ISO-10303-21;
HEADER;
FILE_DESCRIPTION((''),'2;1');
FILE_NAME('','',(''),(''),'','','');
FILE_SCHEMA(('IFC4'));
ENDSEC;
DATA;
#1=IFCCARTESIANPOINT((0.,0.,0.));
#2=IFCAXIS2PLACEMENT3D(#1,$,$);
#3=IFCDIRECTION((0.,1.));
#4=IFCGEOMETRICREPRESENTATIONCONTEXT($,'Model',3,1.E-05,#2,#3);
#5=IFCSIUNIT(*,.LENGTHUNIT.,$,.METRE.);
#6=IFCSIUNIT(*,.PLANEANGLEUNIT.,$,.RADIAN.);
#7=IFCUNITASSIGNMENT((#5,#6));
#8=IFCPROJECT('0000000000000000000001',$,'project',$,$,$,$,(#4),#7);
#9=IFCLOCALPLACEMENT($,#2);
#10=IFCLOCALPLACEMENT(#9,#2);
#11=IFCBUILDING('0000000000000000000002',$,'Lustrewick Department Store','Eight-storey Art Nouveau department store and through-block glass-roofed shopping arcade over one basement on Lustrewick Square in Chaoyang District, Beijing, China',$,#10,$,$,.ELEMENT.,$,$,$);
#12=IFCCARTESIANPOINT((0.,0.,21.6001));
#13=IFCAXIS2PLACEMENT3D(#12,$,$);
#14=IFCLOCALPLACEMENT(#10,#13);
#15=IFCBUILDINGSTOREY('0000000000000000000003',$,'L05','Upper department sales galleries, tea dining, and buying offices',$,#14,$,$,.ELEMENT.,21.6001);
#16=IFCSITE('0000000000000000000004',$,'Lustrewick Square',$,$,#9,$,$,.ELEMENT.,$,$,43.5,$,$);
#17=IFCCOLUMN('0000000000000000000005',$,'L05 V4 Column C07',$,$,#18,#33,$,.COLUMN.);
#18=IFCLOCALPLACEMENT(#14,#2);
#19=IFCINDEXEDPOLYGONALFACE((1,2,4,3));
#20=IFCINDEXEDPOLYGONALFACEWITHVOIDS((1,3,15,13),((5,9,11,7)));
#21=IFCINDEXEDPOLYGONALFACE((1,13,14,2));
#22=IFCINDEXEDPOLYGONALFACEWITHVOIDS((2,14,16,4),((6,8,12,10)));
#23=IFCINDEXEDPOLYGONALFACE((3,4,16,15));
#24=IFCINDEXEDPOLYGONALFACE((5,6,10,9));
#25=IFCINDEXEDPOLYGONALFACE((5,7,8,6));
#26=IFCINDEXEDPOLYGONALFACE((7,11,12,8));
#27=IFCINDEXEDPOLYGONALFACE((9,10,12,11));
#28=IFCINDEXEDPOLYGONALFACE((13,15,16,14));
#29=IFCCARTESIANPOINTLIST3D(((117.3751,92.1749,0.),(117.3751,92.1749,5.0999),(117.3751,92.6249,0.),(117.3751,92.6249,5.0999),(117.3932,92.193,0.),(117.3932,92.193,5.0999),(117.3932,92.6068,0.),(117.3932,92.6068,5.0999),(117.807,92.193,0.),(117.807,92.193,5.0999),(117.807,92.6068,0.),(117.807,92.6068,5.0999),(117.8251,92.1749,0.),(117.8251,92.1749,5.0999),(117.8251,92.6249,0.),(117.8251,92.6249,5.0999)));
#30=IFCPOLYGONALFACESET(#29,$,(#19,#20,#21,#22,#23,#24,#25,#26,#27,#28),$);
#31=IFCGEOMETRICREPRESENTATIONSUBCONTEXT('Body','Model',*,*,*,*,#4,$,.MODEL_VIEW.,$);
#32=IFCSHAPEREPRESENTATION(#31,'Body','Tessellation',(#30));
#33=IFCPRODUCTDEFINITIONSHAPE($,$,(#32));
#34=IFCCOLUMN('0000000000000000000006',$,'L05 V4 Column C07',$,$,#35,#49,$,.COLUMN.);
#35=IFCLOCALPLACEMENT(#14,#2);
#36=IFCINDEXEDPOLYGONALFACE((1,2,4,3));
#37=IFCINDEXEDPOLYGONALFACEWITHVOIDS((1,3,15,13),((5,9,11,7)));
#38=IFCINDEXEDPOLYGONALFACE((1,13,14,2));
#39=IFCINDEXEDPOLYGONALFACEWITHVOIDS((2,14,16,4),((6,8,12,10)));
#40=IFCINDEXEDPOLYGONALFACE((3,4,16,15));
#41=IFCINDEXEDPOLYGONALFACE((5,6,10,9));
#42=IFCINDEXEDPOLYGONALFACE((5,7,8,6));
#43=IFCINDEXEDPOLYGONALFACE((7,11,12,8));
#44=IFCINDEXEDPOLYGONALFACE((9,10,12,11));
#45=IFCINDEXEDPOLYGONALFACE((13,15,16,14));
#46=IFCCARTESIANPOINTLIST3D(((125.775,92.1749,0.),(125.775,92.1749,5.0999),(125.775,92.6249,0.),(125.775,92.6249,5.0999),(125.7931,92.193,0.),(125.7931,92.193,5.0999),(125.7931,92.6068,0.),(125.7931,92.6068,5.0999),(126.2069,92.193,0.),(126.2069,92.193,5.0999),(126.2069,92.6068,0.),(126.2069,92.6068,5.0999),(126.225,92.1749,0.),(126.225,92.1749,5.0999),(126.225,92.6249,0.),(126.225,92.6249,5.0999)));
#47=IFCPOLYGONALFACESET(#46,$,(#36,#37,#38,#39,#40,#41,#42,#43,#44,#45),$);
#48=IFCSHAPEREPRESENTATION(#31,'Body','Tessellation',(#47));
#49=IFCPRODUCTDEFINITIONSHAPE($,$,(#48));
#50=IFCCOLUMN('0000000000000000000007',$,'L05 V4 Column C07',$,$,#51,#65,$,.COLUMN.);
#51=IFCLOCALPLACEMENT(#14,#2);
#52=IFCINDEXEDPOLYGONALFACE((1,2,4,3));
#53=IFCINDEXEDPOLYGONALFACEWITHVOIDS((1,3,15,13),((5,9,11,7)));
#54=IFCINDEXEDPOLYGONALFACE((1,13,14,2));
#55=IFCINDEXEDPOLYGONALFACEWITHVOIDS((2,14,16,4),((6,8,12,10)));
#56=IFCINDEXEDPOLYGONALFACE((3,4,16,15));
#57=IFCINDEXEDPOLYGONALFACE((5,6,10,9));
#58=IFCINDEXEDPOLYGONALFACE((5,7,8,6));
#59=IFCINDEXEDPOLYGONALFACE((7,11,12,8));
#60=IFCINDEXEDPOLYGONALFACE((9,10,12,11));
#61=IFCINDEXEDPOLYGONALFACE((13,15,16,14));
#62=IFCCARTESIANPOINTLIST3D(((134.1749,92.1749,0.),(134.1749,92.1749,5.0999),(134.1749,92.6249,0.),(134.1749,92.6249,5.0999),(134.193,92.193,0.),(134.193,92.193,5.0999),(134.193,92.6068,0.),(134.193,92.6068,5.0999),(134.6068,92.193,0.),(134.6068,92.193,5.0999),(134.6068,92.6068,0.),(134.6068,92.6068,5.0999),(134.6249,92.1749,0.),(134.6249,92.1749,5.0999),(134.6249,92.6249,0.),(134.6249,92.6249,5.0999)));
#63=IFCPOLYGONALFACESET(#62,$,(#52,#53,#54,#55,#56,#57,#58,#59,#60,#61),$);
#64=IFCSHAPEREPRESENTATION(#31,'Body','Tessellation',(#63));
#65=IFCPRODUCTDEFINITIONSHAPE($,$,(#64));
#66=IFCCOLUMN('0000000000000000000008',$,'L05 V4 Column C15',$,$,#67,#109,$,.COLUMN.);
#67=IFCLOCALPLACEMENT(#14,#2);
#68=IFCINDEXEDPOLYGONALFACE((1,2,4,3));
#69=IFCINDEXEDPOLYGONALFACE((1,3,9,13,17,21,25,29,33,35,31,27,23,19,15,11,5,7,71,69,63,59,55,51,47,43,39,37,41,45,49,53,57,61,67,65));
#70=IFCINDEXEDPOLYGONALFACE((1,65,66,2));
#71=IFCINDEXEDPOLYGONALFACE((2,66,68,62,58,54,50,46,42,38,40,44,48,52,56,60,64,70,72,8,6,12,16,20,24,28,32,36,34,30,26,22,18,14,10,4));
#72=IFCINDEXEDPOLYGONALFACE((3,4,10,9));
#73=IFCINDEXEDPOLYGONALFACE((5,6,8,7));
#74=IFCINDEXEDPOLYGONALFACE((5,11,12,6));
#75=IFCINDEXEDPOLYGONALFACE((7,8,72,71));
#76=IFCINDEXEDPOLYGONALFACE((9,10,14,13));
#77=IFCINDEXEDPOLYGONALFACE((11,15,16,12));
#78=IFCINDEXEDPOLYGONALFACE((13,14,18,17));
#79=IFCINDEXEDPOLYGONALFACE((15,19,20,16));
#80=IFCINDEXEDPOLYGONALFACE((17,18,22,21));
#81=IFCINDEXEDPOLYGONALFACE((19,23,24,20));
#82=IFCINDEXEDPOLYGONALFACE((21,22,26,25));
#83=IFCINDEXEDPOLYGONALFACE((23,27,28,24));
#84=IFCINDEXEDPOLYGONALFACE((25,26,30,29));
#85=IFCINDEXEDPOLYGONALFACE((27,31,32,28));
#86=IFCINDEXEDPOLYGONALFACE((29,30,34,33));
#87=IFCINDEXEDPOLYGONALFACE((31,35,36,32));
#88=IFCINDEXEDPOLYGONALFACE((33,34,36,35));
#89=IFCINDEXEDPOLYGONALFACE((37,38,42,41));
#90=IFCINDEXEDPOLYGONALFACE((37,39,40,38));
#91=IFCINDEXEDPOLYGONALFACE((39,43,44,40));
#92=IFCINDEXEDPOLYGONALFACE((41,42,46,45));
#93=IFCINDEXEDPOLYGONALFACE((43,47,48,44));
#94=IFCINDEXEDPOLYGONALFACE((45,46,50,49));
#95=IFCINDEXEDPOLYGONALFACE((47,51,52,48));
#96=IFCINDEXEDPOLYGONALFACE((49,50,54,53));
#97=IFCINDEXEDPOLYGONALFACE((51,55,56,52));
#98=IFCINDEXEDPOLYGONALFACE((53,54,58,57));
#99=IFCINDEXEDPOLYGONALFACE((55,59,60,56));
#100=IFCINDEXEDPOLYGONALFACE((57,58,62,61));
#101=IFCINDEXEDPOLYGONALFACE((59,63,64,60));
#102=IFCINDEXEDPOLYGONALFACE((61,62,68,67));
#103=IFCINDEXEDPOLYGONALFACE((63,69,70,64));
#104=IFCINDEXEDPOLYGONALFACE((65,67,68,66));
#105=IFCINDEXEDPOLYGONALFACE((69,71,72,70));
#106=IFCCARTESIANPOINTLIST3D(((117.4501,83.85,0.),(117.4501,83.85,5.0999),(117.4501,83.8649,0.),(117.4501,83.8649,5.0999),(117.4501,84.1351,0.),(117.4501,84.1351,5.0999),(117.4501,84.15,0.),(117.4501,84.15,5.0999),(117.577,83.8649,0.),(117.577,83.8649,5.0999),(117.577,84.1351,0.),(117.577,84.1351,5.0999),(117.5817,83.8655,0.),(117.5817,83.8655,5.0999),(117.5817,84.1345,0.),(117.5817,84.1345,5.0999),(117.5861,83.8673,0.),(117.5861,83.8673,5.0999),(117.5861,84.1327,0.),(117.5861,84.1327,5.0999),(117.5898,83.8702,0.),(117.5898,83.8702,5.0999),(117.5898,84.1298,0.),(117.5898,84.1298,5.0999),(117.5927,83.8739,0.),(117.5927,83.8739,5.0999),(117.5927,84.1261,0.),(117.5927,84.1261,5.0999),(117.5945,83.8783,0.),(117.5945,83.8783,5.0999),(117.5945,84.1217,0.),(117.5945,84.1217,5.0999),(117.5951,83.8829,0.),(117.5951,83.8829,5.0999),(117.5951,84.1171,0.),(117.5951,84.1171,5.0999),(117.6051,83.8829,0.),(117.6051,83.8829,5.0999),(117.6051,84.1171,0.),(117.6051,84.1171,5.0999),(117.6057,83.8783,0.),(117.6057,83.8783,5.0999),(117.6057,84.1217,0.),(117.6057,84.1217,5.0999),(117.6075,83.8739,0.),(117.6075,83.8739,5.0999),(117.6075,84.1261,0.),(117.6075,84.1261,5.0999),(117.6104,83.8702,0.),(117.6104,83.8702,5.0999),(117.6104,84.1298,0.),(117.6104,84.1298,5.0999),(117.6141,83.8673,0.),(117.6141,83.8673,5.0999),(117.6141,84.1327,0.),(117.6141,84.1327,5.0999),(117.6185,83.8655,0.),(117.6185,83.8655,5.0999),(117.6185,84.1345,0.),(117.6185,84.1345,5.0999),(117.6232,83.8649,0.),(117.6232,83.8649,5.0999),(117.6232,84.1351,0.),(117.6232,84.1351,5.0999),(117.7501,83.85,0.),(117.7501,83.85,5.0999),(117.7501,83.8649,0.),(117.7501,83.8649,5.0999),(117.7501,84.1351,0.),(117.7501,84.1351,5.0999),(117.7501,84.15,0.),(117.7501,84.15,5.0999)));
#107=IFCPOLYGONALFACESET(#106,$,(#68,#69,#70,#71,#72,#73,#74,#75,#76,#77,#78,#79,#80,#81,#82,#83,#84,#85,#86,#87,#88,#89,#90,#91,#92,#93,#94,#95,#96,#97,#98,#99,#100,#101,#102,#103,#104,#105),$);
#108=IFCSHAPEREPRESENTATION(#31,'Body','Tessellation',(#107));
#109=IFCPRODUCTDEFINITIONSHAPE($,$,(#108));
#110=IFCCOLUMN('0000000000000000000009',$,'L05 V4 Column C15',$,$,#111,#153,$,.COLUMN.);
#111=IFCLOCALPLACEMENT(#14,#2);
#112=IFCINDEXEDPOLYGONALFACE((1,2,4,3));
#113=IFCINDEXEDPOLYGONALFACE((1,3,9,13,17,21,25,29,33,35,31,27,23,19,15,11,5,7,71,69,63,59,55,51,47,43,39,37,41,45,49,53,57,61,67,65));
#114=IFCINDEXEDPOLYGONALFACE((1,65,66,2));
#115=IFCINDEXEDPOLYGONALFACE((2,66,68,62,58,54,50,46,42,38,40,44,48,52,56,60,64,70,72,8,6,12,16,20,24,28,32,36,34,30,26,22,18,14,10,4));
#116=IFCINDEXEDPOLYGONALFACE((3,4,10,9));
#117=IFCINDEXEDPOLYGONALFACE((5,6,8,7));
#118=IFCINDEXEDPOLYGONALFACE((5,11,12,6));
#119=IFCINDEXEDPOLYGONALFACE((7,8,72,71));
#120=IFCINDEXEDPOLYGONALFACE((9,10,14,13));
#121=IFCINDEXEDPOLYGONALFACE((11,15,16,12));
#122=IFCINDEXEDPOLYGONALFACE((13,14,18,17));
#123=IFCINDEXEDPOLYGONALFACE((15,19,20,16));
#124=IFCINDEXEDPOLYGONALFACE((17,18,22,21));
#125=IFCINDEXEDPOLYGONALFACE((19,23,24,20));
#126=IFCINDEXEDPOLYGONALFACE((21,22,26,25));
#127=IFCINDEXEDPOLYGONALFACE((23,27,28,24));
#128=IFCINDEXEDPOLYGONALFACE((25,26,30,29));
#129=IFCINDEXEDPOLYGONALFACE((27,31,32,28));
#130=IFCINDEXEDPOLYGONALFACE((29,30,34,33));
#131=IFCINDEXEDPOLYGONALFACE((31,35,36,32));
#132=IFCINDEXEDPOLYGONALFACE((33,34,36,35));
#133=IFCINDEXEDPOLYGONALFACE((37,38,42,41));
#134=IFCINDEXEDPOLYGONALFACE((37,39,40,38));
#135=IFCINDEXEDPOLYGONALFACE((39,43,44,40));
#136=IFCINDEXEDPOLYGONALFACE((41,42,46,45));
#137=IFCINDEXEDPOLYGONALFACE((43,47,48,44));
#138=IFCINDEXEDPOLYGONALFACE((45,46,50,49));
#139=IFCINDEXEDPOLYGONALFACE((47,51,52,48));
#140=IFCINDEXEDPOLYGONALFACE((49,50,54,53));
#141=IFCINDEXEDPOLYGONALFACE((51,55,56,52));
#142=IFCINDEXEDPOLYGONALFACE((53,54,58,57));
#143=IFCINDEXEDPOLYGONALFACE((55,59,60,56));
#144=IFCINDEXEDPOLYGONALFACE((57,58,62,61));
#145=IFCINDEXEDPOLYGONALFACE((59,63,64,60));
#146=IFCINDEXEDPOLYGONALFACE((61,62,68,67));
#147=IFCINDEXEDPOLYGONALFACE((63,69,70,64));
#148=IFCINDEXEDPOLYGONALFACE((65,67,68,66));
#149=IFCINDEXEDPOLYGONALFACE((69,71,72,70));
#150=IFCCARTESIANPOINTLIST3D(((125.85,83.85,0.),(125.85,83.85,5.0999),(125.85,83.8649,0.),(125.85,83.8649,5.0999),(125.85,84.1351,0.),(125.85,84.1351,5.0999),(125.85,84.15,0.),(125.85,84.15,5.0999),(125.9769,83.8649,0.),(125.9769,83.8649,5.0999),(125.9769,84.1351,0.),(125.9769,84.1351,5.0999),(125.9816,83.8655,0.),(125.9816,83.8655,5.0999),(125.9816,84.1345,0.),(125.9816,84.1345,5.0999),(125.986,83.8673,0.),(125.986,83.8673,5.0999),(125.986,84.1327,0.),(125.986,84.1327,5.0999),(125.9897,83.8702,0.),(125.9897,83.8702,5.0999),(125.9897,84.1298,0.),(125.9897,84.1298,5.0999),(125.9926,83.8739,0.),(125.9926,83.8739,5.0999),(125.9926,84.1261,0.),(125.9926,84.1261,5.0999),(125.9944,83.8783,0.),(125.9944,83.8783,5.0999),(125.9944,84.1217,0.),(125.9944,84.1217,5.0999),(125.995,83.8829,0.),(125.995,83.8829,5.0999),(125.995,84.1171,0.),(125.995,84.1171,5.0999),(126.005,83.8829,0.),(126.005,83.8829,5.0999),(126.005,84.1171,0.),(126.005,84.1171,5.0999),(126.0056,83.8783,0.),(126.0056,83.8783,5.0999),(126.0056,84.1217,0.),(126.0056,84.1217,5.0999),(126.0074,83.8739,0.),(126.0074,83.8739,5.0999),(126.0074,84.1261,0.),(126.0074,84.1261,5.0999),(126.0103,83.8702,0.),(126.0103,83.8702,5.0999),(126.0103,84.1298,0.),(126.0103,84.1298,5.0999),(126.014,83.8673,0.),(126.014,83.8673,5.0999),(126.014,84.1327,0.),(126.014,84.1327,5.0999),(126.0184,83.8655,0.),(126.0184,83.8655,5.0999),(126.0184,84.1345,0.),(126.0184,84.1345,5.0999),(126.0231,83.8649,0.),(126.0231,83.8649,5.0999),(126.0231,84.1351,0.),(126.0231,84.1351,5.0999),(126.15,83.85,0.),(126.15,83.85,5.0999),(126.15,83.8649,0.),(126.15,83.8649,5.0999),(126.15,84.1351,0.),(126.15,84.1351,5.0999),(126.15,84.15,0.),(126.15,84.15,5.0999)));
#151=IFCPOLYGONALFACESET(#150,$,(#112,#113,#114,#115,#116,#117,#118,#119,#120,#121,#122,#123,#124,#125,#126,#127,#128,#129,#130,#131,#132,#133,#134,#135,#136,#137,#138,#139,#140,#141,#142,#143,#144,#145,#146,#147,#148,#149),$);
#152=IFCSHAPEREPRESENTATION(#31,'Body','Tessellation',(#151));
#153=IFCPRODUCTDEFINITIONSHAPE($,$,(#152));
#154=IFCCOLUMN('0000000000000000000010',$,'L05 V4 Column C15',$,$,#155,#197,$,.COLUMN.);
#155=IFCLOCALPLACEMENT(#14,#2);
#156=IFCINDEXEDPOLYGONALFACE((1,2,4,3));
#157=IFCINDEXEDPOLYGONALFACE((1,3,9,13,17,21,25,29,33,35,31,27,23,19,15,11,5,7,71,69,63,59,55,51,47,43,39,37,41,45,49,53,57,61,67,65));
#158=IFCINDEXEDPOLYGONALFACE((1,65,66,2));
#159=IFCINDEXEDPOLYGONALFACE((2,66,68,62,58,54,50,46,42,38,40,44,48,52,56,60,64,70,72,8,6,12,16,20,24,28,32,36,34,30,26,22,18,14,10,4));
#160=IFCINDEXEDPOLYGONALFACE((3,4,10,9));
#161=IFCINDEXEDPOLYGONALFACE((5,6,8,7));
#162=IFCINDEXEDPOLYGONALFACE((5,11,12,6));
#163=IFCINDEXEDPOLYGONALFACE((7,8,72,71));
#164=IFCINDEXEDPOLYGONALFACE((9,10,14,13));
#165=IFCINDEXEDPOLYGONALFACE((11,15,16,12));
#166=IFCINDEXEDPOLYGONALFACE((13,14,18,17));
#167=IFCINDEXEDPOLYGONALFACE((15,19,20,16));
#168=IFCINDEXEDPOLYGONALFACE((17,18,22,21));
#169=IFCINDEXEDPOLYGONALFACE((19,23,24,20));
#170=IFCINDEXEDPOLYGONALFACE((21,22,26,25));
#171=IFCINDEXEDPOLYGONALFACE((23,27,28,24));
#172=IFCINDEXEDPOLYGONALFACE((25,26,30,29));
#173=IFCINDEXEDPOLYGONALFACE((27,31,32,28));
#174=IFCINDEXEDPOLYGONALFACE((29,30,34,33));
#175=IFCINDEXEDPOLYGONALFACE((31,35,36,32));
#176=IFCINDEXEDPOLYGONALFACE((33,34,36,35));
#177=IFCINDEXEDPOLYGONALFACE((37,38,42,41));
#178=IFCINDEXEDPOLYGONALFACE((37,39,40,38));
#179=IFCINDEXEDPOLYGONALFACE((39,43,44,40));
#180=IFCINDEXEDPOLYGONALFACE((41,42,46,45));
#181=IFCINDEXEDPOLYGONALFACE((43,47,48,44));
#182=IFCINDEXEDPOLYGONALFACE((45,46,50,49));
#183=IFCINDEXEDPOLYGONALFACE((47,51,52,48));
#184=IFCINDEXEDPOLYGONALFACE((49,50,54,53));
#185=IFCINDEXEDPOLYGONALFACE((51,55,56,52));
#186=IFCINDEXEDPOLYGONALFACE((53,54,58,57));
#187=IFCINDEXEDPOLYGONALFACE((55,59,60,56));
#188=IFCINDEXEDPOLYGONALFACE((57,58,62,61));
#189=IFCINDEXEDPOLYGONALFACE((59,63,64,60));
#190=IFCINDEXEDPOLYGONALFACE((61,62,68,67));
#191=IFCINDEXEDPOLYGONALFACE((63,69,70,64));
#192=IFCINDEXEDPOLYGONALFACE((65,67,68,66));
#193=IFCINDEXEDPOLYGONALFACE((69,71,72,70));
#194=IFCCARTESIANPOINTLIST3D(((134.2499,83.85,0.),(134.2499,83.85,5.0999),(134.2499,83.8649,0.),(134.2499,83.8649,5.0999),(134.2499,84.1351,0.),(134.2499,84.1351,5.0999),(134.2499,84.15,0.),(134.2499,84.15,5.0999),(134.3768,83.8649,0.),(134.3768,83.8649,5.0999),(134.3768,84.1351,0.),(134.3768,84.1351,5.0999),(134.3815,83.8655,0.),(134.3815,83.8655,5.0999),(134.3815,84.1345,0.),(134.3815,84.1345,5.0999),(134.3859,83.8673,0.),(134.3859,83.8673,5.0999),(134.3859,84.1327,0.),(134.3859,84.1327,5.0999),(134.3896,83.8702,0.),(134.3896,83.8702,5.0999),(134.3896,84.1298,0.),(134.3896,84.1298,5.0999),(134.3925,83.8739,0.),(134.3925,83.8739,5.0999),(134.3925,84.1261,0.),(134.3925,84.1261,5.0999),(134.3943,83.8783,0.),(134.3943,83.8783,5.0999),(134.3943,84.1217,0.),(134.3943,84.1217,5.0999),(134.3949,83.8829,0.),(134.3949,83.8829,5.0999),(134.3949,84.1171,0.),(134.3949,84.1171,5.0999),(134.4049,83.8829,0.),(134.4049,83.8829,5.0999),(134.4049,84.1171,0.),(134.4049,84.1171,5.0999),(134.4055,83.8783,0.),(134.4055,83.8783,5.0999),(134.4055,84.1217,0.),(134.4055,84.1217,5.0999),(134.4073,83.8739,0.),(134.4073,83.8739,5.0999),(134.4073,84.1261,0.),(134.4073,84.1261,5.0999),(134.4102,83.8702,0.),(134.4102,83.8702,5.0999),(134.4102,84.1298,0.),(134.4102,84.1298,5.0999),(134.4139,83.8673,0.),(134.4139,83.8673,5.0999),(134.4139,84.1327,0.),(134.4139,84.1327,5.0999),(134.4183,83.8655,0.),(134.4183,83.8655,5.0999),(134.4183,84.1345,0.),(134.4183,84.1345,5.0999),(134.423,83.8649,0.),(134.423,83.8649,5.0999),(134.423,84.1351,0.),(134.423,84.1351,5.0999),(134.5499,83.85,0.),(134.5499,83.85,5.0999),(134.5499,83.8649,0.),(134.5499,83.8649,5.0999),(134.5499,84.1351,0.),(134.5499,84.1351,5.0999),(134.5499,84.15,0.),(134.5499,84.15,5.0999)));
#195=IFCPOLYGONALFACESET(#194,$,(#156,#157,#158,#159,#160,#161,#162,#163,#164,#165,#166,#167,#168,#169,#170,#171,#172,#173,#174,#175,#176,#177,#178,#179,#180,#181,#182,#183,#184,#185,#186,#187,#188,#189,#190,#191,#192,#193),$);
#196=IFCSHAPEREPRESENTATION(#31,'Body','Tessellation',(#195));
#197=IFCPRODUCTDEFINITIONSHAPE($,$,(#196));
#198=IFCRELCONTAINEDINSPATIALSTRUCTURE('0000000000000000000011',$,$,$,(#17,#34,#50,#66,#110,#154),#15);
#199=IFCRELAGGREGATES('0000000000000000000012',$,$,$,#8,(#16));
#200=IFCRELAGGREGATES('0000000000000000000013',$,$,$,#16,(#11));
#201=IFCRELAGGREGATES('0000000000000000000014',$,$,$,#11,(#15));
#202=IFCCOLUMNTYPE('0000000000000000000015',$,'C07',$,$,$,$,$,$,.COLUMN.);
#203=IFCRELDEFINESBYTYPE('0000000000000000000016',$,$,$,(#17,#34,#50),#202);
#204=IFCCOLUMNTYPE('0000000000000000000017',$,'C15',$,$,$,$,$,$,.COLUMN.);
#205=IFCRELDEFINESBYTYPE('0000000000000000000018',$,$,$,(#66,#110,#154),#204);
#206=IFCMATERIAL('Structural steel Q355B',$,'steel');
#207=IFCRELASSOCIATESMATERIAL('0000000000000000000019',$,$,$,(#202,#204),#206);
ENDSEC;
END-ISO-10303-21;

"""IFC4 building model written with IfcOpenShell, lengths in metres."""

from ifc_helpers import new_model, si_unit, direction, frame, origin, origin_2d, place, context, subcontext, project, spatial, hollow_rectangle, i_section, extrude, material, material_profile, profile_set, type_object, element, save


model = new_model("IFC4")

# Units and contexts
model_context = context("Model", 3, precision=1e-05, world=origin(), true_north=direction((0.0, 1.0)))
body_context = subcontext(model_context, "Body", "Model", "MODEL_VIEW")
ifc_project = project(units=[si_unit("LENGTHUNIT", "METRE"), si_unit("PLANEANGLEUNIT", "RADIAN")], contexts=[model_context])

# Site, building, storey
site_placement = place(None, origin())
site = spatial("IfcSite", under=ifc_project, at=site_placement, Name="Lustrewick Square", CompositionType="ELEMENT", RefElevation=43.5)
building_placement = place(site_placement, origin())
building = spatial("IfcBuilding", under=site, at=building_placement, Name="Lustrewick Department Store", Description="Eight-storey Art Nouveau department store and through-block glass-roofed shopping arcade over one basement on Lustrewick Square in Chaoyang District, Beijing, China", CompositionType="ELEMENT")
storey_placement = place(building_placement, frame((0.0, 0.0, 21.6001)))
storey = spatial("IfcBuildingStorey", under=building, at=storey_placement, Name="L05", Description="Upper department sales galleries, tea dining, and buying offices", CompositionType="ELEMENT", Elevation=21.6001)

# Columns
ifc_material_1 = material(Name="Structural steel Q355B", Category="steel")
ifc_material_profile_1 = material_profile(ifc_material_1, hollow_rectangle(XDim=0.45, YDim=0.45, WallThickness=0.0181, at=origin_2d()), Name="BOX 450x450x18")
ifc_profile_set_1 = profile_set([ifc_material_profile_1], Name="Structural steel Q355B")
column_type_1 = type_object("IfcColumnType", Name="C07", PredefinedType="COLUMN", material=ifc_profile_set_1)
for number, where, z_axis, x_axis, name in (
    (1, (117.6001, 92.3999, 0.0), (0.0, 0.0, 1.0), (1.0, 0.0, 0.0), "L05 V4 Column C07"),
    (2, (126.0, 92.3999, 0.0), (0.0, 0.0, 1.0), (1.0, 0.0, 0.0), "L05 V4 Column C07"),
    (3, (134.3999, 92.3999, 0.0), (0.0, 0.0, 1.0), (1.0, 0.0, 0.0), "L05 V4 Column C07"),
):
    element("IfcColumn", number, at=place(storey_placement, frame(where, z_axis=z_axis, x_axis=x_axis)), inside=storey, type_object=column_type_1, Name=name, PredefinedType="COLUMN", context=body_context, shape_type="SweptSolid", body=[
        extrude(hollow_rectangle(XDim=0.45, YDim=0.45, WallThickness=0.0181, at=origin_2d()), origin(), (0.0, 0.0, 1.0), 5.0999),
    ])
ifc_material_profile_2 = material_profile(ifc_material_1, i_section(OverallWidth=0.3, OverallDepth=0.3, WebThickness=0.01, FlangeThickness=0.0149, FilletRadius=0.0181, at=origin_2d()), Name="HW 300x300x10x15")
ifc_profile_set_2 = profile_set([ifc_material_profile_2], Name="Structural steel Q355B")
column_type_2 = type_object("IfcColumnType", Name="C15", PredefinedType="COLUMN", material=ifc_profile_set_2)
for number, where, z_axis, x_axis, name in (
    (4, (117.6001, 84.0, 0.0), (0.0, 0.0, 1.0), (1.0, 0.0, 0.0), "L05 V4 Column C15"),
    (5, (126.0, 84.0, 0.0), (0.0, 0.0, 1.0), (1.0, 0.0, 0.0), "L05 V4 Column C15"),
    (6, (134.3999, 84.0, 0.0), (0.0, 0.0, 1.0), (1.0, 0.0, 0.0), "L05 V4 Column C15"),
):
    element("IfcColumn", number, at=place(storey_placement, frame(where, z_axis=z_axis, x_axis=x_axis)), inside=storey, type_object=column_type_2, Name=name, PredefinedType="COLUMN", context=body_context, shape_type="SweptSolid", body=[
        extrude(i_section(OverallWidth=0.3, OverallDepth=0.3, WebThickness=0.01, FlangeThickness=0.0149, FilletRadius=0.0181, at=origin_2d()), origin(), (0.0, 0.0, 1.0), 5.0999),
    ])

save(model, "model.ifc")
